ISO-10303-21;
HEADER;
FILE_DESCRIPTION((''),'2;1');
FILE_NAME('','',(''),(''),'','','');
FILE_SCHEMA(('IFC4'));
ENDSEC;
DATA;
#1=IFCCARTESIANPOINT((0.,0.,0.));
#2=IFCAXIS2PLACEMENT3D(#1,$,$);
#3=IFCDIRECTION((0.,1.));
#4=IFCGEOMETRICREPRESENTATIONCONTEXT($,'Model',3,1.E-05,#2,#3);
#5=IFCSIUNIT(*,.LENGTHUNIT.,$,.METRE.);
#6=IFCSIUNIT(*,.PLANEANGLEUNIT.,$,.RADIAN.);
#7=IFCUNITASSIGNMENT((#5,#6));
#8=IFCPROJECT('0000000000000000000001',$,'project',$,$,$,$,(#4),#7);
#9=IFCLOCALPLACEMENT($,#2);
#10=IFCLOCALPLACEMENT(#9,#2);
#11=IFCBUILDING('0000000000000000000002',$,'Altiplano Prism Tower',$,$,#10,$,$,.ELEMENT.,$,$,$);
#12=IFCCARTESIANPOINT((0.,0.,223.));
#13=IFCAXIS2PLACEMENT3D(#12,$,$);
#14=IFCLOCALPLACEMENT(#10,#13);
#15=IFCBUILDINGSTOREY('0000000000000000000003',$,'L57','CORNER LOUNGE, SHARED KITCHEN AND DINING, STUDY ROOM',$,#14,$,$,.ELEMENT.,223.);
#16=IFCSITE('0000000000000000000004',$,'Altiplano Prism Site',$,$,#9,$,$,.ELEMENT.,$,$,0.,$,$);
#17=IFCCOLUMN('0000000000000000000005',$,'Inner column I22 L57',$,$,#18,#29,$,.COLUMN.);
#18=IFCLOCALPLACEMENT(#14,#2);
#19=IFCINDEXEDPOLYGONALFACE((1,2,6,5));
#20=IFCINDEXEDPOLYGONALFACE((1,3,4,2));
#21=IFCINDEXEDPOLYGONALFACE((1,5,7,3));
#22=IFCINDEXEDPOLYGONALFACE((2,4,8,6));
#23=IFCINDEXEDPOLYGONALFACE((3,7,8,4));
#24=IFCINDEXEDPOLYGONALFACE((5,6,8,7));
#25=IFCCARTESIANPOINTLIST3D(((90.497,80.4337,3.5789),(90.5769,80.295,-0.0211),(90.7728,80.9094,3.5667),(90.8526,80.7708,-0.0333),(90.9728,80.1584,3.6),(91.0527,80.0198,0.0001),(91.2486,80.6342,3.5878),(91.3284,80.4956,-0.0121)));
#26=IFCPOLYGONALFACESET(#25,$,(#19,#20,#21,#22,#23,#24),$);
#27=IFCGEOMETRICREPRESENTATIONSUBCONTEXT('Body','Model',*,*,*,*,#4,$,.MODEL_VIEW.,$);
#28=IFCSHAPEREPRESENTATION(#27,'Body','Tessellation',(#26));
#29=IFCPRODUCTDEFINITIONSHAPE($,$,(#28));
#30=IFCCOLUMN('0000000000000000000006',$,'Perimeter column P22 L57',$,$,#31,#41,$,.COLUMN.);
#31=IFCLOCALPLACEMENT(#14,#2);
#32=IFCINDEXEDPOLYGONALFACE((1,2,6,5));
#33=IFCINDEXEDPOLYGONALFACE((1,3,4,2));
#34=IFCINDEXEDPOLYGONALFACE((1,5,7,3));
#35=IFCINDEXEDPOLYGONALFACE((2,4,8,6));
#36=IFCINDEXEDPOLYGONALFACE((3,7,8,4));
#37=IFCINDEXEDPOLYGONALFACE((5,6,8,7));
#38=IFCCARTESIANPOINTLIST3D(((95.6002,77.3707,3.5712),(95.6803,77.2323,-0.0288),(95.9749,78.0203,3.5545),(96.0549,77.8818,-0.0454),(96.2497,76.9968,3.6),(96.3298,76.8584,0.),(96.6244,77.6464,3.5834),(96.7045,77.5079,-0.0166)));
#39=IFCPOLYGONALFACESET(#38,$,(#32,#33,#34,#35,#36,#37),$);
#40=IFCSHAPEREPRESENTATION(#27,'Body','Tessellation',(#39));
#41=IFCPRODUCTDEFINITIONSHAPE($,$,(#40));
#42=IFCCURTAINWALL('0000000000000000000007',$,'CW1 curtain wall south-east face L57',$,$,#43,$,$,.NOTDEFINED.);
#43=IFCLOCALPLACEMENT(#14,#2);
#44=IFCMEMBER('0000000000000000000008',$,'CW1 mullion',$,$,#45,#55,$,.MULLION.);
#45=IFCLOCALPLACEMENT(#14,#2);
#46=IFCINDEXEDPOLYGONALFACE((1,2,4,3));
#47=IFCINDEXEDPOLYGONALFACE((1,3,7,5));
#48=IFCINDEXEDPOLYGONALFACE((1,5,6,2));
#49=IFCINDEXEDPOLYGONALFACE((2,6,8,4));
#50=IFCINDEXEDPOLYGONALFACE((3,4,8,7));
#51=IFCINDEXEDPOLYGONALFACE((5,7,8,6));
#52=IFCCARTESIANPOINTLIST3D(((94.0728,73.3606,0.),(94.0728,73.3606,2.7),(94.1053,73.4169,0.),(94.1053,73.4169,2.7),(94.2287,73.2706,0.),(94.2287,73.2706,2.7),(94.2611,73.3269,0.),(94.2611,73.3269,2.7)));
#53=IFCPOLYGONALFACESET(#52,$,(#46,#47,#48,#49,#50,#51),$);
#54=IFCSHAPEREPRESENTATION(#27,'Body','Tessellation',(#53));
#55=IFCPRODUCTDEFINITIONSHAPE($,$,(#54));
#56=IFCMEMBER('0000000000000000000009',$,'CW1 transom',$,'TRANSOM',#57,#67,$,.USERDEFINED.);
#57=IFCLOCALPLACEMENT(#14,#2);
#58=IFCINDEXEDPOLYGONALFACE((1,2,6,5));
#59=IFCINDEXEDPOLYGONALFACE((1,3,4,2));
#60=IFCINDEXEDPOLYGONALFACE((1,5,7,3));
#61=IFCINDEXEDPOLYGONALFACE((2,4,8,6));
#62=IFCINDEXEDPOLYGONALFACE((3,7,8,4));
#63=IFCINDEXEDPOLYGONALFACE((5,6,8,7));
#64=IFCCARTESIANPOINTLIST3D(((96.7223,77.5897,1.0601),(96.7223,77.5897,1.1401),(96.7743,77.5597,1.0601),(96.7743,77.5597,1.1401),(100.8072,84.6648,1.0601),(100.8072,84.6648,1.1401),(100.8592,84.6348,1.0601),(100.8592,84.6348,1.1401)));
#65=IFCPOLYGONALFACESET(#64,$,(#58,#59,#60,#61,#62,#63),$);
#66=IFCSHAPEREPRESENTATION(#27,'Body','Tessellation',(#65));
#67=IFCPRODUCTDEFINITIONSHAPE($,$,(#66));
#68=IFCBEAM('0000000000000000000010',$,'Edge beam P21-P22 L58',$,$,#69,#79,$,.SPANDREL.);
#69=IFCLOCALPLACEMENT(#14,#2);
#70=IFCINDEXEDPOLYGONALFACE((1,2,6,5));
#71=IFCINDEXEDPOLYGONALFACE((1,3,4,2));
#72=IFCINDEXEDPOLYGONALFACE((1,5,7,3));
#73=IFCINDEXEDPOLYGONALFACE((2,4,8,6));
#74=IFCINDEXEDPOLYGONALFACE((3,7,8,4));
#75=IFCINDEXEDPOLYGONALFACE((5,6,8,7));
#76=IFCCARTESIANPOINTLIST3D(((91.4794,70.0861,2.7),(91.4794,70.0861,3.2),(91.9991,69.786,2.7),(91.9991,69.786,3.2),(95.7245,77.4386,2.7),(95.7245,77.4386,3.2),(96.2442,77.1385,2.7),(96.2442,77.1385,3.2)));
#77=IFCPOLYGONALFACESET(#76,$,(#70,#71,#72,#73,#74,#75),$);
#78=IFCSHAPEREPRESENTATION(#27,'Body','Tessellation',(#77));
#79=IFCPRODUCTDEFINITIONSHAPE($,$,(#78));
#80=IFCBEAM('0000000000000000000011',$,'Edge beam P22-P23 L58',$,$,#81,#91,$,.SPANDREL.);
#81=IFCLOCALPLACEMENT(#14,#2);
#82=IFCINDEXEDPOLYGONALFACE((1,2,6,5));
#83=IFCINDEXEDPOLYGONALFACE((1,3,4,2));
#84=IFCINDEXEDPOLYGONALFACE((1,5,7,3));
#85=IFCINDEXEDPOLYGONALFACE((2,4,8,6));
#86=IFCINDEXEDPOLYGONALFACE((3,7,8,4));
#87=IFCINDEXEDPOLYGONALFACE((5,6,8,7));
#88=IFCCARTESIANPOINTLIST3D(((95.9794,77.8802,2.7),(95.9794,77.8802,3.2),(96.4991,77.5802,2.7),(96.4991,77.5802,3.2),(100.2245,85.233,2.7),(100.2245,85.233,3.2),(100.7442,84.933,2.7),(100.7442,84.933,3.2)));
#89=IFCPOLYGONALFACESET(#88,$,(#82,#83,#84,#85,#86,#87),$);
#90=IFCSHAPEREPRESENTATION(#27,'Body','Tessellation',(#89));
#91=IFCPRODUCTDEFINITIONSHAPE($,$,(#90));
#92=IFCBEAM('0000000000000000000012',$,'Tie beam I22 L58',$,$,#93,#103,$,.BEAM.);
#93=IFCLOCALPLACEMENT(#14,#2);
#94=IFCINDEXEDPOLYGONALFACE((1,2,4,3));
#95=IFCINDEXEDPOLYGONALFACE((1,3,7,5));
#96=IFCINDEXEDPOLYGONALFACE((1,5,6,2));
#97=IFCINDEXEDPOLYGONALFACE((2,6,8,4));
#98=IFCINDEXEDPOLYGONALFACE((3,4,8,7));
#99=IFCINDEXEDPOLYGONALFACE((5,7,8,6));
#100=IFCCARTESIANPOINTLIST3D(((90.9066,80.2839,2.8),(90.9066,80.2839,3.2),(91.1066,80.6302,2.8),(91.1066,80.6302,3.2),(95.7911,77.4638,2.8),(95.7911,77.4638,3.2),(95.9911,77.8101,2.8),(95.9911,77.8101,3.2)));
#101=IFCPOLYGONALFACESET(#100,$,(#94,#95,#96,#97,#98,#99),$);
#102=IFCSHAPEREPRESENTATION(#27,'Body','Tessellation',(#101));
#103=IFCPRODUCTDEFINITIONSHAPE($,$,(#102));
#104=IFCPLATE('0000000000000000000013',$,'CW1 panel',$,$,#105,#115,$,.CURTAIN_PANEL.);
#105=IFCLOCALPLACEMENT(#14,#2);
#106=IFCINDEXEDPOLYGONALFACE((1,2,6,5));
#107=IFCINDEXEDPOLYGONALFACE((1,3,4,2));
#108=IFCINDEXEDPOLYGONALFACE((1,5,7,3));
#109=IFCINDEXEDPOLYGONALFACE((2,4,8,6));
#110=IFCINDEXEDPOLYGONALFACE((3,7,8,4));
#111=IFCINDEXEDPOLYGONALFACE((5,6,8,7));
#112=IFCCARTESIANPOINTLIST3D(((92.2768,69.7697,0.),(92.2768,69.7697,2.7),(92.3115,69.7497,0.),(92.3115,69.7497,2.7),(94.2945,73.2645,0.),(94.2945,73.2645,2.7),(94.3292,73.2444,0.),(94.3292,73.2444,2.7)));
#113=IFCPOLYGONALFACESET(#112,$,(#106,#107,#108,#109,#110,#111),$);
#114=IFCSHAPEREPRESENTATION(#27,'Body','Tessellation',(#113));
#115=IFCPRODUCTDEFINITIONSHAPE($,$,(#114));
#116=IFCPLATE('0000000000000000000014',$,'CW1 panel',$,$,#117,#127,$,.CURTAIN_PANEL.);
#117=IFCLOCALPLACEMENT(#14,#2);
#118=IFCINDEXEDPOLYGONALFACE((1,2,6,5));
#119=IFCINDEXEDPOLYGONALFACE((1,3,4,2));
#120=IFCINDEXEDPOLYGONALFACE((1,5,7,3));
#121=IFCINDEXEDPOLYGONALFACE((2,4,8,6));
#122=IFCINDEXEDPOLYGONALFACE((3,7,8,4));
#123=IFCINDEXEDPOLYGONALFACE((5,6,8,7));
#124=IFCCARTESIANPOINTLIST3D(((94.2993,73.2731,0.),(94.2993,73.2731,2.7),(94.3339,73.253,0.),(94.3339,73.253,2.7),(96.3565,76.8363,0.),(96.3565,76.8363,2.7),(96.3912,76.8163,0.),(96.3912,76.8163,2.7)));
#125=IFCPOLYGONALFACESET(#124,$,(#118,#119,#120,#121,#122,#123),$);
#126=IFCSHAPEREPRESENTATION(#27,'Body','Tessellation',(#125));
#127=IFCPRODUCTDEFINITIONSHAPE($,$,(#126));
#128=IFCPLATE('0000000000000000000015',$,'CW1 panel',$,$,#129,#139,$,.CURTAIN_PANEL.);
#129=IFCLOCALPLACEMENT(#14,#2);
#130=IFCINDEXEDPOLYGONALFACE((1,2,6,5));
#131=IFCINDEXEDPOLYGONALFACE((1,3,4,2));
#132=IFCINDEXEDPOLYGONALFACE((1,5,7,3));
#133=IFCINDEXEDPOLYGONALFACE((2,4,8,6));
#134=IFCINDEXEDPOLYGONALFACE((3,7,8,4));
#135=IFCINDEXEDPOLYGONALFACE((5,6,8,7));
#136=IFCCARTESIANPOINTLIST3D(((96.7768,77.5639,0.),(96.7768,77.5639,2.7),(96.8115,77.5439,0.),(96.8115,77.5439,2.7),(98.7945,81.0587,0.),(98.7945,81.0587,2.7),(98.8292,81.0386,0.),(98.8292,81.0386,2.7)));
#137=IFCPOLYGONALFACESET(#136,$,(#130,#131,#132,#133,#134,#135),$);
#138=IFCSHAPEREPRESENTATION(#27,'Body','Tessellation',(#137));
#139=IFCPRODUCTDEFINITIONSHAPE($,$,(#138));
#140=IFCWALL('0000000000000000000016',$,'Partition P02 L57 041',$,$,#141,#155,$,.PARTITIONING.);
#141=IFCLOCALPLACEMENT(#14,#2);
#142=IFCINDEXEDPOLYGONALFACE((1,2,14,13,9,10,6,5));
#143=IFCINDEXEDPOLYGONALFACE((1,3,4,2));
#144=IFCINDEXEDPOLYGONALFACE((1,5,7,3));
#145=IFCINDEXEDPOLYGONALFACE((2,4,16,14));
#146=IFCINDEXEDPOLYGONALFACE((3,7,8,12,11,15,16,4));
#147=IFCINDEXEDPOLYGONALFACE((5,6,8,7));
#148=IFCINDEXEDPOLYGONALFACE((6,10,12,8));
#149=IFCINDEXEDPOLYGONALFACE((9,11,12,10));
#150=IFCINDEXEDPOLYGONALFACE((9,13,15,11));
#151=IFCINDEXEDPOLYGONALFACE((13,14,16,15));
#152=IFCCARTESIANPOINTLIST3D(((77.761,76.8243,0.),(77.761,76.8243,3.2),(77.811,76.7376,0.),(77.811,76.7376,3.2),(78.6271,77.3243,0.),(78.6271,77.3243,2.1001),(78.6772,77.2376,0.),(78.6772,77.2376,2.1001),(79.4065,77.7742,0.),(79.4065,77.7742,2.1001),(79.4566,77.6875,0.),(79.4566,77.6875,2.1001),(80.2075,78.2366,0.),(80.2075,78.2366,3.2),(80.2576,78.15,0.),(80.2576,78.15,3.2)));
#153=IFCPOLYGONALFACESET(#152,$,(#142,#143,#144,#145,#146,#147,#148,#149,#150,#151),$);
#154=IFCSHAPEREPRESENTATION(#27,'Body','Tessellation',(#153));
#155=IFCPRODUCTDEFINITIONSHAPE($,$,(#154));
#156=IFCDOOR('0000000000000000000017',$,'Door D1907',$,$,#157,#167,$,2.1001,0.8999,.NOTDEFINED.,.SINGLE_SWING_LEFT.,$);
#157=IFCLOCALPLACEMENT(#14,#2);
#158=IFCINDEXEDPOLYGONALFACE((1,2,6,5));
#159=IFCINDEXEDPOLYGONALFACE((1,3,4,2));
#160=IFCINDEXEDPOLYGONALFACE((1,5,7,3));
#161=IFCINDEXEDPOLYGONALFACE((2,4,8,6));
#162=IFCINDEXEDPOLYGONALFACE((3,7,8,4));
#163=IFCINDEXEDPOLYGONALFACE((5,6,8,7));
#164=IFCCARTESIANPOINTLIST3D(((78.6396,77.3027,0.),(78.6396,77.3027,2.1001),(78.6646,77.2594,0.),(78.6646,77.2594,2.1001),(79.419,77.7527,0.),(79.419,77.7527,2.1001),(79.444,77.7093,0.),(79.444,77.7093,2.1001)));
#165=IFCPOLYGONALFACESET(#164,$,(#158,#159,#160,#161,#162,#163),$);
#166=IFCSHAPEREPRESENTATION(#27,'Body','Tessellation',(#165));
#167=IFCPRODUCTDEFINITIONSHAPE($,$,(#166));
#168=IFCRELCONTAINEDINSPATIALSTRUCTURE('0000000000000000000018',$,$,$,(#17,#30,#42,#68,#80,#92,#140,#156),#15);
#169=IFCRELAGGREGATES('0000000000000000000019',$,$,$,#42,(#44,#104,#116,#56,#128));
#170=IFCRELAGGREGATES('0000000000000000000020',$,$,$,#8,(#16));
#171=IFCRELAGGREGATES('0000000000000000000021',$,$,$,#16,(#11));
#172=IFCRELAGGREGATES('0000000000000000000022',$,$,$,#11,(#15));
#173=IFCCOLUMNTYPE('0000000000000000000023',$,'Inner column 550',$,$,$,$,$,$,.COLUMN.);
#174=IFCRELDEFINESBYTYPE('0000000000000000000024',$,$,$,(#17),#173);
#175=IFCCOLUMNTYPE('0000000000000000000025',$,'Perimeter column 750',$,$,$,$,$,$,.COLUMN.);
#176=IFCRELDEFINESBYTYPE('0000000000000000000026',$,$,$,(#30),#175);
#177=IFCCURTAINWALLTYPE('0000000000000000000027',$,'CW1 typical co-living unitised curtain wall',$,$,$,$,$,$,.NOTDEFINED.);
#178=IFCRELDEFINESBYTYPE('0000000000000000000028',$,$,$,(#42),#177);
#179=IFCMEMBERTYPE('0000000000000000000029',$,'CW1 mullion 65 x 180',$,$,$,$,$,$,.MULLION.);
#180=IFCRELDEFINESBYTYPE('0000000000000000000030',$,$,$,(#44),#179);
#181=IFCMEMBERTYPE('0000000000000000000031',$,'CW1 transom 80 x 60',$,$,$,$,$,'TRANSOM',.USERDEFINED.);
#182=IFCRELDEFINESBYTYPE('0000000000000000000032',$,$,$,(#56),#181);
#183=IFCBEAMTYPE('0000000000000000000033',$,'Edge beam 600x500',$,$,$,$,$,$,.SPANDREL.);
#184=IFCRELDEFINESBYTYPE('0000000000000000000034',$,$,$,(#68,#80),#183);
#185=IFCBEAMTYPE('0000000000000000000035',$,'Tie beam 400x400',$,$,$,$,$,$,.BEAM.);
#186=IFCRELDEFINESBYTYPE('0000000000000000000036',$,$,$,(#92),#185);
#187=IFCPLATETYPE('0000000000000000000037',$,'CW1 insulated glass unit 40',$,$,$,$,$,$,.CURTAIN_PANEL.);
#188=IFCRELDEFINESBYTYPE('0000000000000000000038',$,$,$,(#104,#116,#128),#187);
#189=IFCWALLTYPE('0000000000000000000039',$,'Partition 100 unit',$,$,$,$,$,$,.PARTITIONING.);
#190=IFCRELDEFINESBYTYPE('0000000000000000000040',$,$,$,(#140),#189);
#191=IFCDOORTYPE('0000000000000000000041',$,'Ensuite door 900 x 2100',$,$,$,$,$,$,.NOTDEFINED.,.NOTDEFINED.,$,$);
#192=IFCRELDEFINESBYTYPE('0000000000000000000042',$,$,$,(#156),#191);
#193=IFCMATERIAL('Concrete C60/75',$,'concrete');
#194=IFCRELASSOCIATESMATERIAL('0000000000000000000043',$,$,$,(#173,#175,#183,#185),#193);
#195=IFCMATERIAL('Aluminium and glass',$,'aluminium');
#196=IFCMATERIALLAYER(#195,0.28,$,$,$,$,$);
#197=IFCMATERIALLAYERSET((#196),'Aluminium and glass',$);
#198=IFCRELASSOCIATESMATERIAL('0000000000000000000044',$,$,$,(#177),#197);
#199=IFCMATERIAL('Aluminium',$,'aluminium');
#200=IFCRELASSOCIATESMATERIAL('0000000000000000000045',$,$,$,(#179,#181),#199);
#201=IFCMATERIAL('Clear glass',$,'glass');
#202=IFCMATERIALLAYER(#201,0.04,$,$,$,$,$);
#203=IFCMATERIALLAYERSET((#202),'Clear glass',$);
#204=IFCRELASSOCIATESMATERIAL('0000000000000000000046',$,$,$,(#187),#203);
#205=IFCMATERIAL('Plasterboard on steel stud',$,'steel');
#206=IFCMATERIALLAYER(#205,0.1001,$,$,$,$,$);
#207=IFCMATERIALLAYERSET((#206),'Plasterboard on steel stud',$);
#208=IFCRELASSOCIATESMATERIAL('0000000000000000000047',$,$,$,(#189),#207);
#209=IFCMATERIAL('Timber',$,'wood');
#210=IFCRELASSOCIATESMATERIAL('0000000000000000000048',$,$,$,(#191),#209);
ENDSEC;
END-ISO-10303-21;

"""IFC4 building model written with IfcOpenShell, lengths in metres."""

from ifc_helpers import new_model, si_unit, direction, frame, frame_2d, origin, origin_2d, place, context, subcontext, project, spatial, rectangle, extrude, material, layer, layer_set, material_profile, profile_set, type_object, element, fill, aggregate, save


model = new_model("IFC4")

# Units and contexts
model_context = context("Model", 3, precision=1e-05, world=origin(), true_north=direction((0.0, 1.0)))
body_context = subcontext(model_context, "Body", "Model", "MODEL_VIEW")
ifc_project = project(units=[si_unit("LENGTHUNIT", "METRE"), si_unit("PLANEANGLEUNIT", "RADIAN")], contexts=[model_context])

# Site, building, storey
site_placement = place(None, origin())
site = spatial("IfcSite", under=ifc_project, at=site_placement, Name="Altiplano Prism Site", CompositionType="ELEMENT", RefElevation=0.0)
building_placement = place(site_placement, origin())
building = spatial("IfcBuilding", under=site, at=building_placement, Name="Altiplano Prism Tower", CompositionType="ELEMENT")
storey_placement = place(building_placement, frame((0.0, 0.0, 223.0)))
storey = spatial("IfcBuildingStorey", under=building, at=storey_placement, Name="L57", Description="CORNER LOUNGE, SHARED KITCHEN AND DINING, STUDY ROOM", CompositionType="ELEMENT", Elevation=223.0)

# Columns
ifc_material_1 = material(Name="Concrete C60/75", Category="concrete")
ifc_material_profile_1 = material_profile(ifc_material_1, rectangle(XDim=0.55, YDim=0.55, at=origin_2d()), Name="Inner column 550")
ifc_profile_set_1 = profile_set([ifc_material_profile_1], Name="Concrete C60/75")
column_type_1 = type_object("IfcColumnType", Name="Inner column 550", PredefinedType="COLUMN", material=ifc_profile_set_1)
column_1_placement = place(storey_placement, frame((90.9526, 80.3953, -0.0166), z_axis=(-0.022155, 0.038484, 0.999014), x_axis=(-0.501316, -0.86498, 0.022203)))
element("IfcColumn", 1, at=column_1_placement, inside=storey, type_object=column_type_1, Name="Inner column I22 L57", PredefinedType="COLUMN", context=body_context, shape_type="SweptSolid", body=[
    extrude(rectangle(XDim=0.55, YDim=0.55, at=origin_2d()), origin(), (0.0, 0.0, 1.0), 3.6035),
])
ifc_material_profile_2 = material_profile(ifc_material_1, rectangle(XDim=0.75, YDim=0.75, at=origin_2d()), Name="Perimeter column 750")
ifc_profile_set_2 = profile_set([ifc_material_profile_2], Name="Concrete C60/75")
column_type_2 = type_object("IfcColumnType", Name="Perimeter column 750", PredefinedType="COLUMN", material=ifc_profile_set_2)
column_2_placement = place(storey_placement, frame((96.1924, 77.3701, -0.0227), z_axis=(-0.022223, 0.038416, 0.999015), x_axis=(-0.499511, -0.866023, 0.02219)))
element("IfcColumn", 2, at=column_2_placement, inside=storey, type_object=column_type_2, Name="Perimeter column P22 L57", PredefinedType="COLUMN", context=body_context, shape_type="SweptSolid", body=[
    extrude(rectangle(XDim=0.75, YDim=0.75, at=origin_2d()), origin(), (0.0, 0.0, 1.0), 3.6035),
])

# Curtain wall, members
ifc_material_2 = material(Name="Aluminium and glass", Category="aluminium")
ifc_layer_1 = layer(ifc_material_2, 0.28)
ifc_layer_set_1 = layer_set([ifc_layer_1], Name="Aluminium and glass")
curtain_wall_type = type_object("IfcCurtainWallType", Name="CW1 typical co-living unitised curtain wall", PredefinedType="NOTDEFINED", material=ifc_layer_set_1)
curtain_wall_placement = place(storey_placement, origin())
curtain_wall = element("IfcCurtainWall", 3, at=curtain_wall_placement, inside=storey, type_object=curtain_wall_type, Name="CW1 curtain wall south-east face L57", PredefinedType="NOTDEFINED")
ifc_material_3 = material(Name="Aluminium", Category="aluminium")
ifc_material_profile_3 = material_profile(ifc_material_3, rectangle(XDim=0.1799, YDim=0.0649, at=origin_2d()), Name="CW1 mullion 65 x 180")
ifc_profile_set_3 = profile_set([ifc_material_profile_3], Name="Aluminium")
member_type_1 = type_object("IfcMemberType", Name="CW1 mullion 65 x 180", PredefinedType="MULLION", material=ifc_profile_set_3)
member_1_placement = place(storey_placement, frame((94.167, 73.3438, 0.0), z_axis=(0.0, 0.0, 1.0), x_axis=(-0.866025, 0.5, 0.0)))
member_1 = element("IfcMember", 4, at=member_1_placement, type_object=member_type_1, Name="CW1 mullion", PredefinedType="MULLION", context=body_context, shape_type="SweptSolid", body=[
    extrude(rectangle(XDim=0.1799, YDim=0.0649, at=origin_2d()), origin(), (0.0, 0.0, 1.0), 2.7),
])
ifc_material_profile_4 = material_profile(ifc_material_3, rectangle(XDim=0.0601, YDim=0.0801, at=origin_2d()), Name="CW1 transom 80 x 60")
ifc_profile_set_4 = profile_set([ifc_material_profile_4], Name="Aluminium")
member_type_2 = type_object("IfcMemberType", Name="CW1 transom 80 x 60", ElementType="TRANSOM", PredefinedType="USERDEFINED", material=ifc_profile_set_4)
member_2_placement = place(storey_placement, frame((96.7483, 77.5747, 1.1001), z_axis=(0.500009, 0.86602, 0.0), x_axis=(-0.86602, 0.500009, 0.0)))
member_2 = element("IfcMember", 5, at=member_2_placement, type_object=member_type_2, Name="CW1 transom", ObjectType="TRANSOM", PredefinedType="USERDEFINED", context=body_context, shape_type="SweptSolid", body=[
    extrude(rectangle(XDim=0.0601, YDim=0.0801, at=origin_2d()), origin(), (0.0, 0.0, 1.0), 8.1697),
])

# Beams
ifc_material_profile_5 = material_profile(ifc_material_1, rectangle(XDim=0.6001, YDim=0.5, at=origin_2d()), Name="Edge beam 600x500")
ifc_profile_set_5 = profile_set([ifc_material_profile_5], Name="Concrete C60/75")
beam_type_1 = type_object("IfcBeamType", Name="Edge beam 600x500", PredefinedType="SPANDREL", material=ifc_profile_set_5)
beam_1_placement = place(storey_placement, frame((91.7393, 69.936, 2.95), z_axis=(0.500011, 0.866019, 0.0), x_axis=(-0.866019, 0.500011, 0.0)))
element("IfcBeam", 6, at=beam_1_placement, inside=storey, type_object=beam_type_1, Name="Edge beam P21-P22 L58", PredefinedType="SPANDREL", context=body_context, shape_type="SweptSolid", body=[
    extrude(rectangle(XDim=0.6001, YDim=0.5, at=origin_2d()), origin(), (0.0, 0.0, 1.0), 8.49),
])
beam_2_placement = place(storey_placement, frame((96.2393, 77.7302, 2.95), z_axis=(0.499999, 0.866026, 0.0), x_axis=(-0.866026, 0.499999, 0.0)))
element("IfcBeam", 7, at=beam_2_placement, inside=storey, type_object=beam_type_1, Name="Edge beam P22-P23 L58", PredefinedType="SPANDREL", context=body_context, shape_type="SweptSolid", body=[
    extrude(rectangle(XDim=0.6001, YDim=0.5, at=origin_2d()), origin(), (0.0, 0.0, 1.0), 8.4902),
])
ifc_material_profile_6 = material_profile(ifc_material_1, rectangle(XDim=0.3999, YDim=0.3999, at=origin_2d()), Name="Tie beam 400x400")
ifc_profile_set_6 = profile_set([ifc_material_profile_6], Name="Concrete C60/75")
beam_type_2 = type_object("IfcBeamType", Name="Tie beam 400x400", PredefinedType="BEAM", material=ifc_profile_set_6)
beam_3_placement = place(storey_placement, frame((91.0066, 80.457, 3.0), z_axis=(0.866026, -0.499998, 0.0), x_axis=(0.499998, 0.866026, 0.0)))
element("IfcBeam", 8, at=beam_3_placement, inside=storey, type_object=beam_type_2, Name="Tie beam I22 L58", PredefinedType="BEAM", context=body_context, shape_type="SweptSolid", body=[
    extrude(rectangle(XDim=0.3999, YDim=0.3999, at=origin_2d()), origin(), (0.0, 0.0, 1.0), 5.6401),
])

# Plates
ifc_material_4 = material(Name="Clear glass", Category="glass")
ifc_layer_2 = layer(ifc_material_4, 0.04)
ifc_layer_set_2 = layer_set([ifc_layer_2], Name="Clear glass")
plate_type = type_object("IfcPlateType", Name="CW1 insulated glass unit 40", PredefinedType="CURTAIN_PANEL", material=ifc_layer_set_2)
plate_1_placement = place(storey_placement, frame((93.303, 71.5071, 0.0), z_axis=(0.0, 0.0, 1.0), x_axis=(0.5, 0.866025, 0.0)))
plate_1 = element("IfcPlate", 9, at=plate_1_placement, type_object=plate_type, Name="CW1 panel", PredefinedType="CURTAIN_PANEL", context=body_context, shape_type="SweptSolid", body=[
    extrude(rectangle(XDim=4.0354, YDim=0.04, at=origin_2d()), origin(), (0.0, 0.0, 1.0), 2.7),
])
plate_2_placement = place(storey_placement, frame((95.3452, 75.0447, 0.0), z_axis=(0.0, 0.0, 1.0), x_axis=(0.5, 0.866025, 0.0)))
plate_2 = element("IfcPlate", 10, at=plate_2_placement, type_object=plate_type, Name="CW1 panel", PredefinedType="CURTAIN_PANEL", context=body_context, shape_type="SweptSolid", body=[
    extrude(rectangle(XDim=4.1145, YDim=0.04, at=origin_2d()), origin(), (0.0, 0.0, 1.0), 2.7),
])
plate_3_placement = place(storey_placement, frame((97.803, 79.3013, 0.0), z_axis=(0.0, 0.0, 1.0), x_axis=(0.5, 0.866025, 0.0)))
plate_3 = element("IfcPlate", 11, at=plate_3_placement, type_object=plate_type, Name="CW1 panel", PredefinedType="CURTAIN_PANEL", context=body_context, shape_type="SweptSolid", body=[
    extrude(rectangle(XDim=4.0354, YDim=0.04, at=origin_2d()), origin(), (0.0, 0.0, 1.0), 2.7),
])
aggregate(curtain_wall, [member_1, plate_1, plate_2, member_2, plate_3])

# Wall, opening, door
ifc_material_5 = material(Name="Plasterboard on steel stud", Category="steel")
ifc_layer_3 = layer(ifc_material_5, 0.1001)
ifc_layer_set_3 = layer_set([ifc_layer_3], Name="Plasterboard on steel stud")
wall_type_1 = type_object("IfcWallType", Name="Partition 100 unit", PredefinedType="PARTITIONING", material=ifc_layer_set_3)
wall_1_placement = place(storey_placement, frame((80.2327, 78.1934, 0.0), z_axis=(0.0, 0.0, 1.0), x_axis=(-0.866049, -0.499959, 0.0)))
wall_1 = element("IfcWall", 12, at=wall_1_placement, inside=storey, type_object=wall_type_1, Name="Partition P02 L57 041", PredefinedType="PARTITIONING", context=body_context, shape_type="SweptSolid", body=[
    extrude(rectangle(XDim=2.825, YDim=0.1001, at=frame_2d((1.4126, 0.0))), origin(), (0.0, 0.0, 1.0), 3.2),
])
opening_1_placement = place(wall_1_placement, frame((0.925, 0.0, 0.0)))
opening_1 = element("IfcOpeningElement", 13, at=opening_1_placement, cuts=wall_1, PredefinedType="OPENING", context=body_context, shape_type="SweptSolid", body=[
    extrude(rectangle(XDim=0.8999, YDim=2.1001, at=frame_2d((0.45, 1.05))), frame((0.0, 0.0605, 0.0), z_axis=(0.0, -1.0, 0.0), x_axis=(1.0, 0.0, 0.0)), (0.0, 0.0, 1.0), 0.1211),
])
ifc_material_6 = material(Name="Timber", Category="wood")
door_type_1 = type_object("IfcDoorType", Name="Ensuite door 900 x 2100", OperationType="NOTDEFINED", PredefinedType="NOTDEFINED", material=ifc_material_6)
door_1_placement = place(opening_1_placement, origin())
door_1 = element("IfcDoor", 14, at=door_1_placement, inside=storey, type_object=door_type_1, Name="Door D1907", OperationType="SINGLE_SWING_LEFT", OverallHeight=2.1001, OverallWidth=0.8999, PredefinedType="NOTDEFINED", context=body_context, shape_type="SweptSolid", body=[
    extrude(rectangle(XDim=0.8999, YDim=2.1001, at=frame_2d((0.45, 1.05))), frame((0.0, 0.0249, 0.0), z_axis=(0.0, -1.0, 0.0), x_axis=(1.0, 0.0, 0.0)), (0.0, 0.0, 1.0), 0.05),
])
fill(opening_1, door_1)

save(model, "model.ifc")
